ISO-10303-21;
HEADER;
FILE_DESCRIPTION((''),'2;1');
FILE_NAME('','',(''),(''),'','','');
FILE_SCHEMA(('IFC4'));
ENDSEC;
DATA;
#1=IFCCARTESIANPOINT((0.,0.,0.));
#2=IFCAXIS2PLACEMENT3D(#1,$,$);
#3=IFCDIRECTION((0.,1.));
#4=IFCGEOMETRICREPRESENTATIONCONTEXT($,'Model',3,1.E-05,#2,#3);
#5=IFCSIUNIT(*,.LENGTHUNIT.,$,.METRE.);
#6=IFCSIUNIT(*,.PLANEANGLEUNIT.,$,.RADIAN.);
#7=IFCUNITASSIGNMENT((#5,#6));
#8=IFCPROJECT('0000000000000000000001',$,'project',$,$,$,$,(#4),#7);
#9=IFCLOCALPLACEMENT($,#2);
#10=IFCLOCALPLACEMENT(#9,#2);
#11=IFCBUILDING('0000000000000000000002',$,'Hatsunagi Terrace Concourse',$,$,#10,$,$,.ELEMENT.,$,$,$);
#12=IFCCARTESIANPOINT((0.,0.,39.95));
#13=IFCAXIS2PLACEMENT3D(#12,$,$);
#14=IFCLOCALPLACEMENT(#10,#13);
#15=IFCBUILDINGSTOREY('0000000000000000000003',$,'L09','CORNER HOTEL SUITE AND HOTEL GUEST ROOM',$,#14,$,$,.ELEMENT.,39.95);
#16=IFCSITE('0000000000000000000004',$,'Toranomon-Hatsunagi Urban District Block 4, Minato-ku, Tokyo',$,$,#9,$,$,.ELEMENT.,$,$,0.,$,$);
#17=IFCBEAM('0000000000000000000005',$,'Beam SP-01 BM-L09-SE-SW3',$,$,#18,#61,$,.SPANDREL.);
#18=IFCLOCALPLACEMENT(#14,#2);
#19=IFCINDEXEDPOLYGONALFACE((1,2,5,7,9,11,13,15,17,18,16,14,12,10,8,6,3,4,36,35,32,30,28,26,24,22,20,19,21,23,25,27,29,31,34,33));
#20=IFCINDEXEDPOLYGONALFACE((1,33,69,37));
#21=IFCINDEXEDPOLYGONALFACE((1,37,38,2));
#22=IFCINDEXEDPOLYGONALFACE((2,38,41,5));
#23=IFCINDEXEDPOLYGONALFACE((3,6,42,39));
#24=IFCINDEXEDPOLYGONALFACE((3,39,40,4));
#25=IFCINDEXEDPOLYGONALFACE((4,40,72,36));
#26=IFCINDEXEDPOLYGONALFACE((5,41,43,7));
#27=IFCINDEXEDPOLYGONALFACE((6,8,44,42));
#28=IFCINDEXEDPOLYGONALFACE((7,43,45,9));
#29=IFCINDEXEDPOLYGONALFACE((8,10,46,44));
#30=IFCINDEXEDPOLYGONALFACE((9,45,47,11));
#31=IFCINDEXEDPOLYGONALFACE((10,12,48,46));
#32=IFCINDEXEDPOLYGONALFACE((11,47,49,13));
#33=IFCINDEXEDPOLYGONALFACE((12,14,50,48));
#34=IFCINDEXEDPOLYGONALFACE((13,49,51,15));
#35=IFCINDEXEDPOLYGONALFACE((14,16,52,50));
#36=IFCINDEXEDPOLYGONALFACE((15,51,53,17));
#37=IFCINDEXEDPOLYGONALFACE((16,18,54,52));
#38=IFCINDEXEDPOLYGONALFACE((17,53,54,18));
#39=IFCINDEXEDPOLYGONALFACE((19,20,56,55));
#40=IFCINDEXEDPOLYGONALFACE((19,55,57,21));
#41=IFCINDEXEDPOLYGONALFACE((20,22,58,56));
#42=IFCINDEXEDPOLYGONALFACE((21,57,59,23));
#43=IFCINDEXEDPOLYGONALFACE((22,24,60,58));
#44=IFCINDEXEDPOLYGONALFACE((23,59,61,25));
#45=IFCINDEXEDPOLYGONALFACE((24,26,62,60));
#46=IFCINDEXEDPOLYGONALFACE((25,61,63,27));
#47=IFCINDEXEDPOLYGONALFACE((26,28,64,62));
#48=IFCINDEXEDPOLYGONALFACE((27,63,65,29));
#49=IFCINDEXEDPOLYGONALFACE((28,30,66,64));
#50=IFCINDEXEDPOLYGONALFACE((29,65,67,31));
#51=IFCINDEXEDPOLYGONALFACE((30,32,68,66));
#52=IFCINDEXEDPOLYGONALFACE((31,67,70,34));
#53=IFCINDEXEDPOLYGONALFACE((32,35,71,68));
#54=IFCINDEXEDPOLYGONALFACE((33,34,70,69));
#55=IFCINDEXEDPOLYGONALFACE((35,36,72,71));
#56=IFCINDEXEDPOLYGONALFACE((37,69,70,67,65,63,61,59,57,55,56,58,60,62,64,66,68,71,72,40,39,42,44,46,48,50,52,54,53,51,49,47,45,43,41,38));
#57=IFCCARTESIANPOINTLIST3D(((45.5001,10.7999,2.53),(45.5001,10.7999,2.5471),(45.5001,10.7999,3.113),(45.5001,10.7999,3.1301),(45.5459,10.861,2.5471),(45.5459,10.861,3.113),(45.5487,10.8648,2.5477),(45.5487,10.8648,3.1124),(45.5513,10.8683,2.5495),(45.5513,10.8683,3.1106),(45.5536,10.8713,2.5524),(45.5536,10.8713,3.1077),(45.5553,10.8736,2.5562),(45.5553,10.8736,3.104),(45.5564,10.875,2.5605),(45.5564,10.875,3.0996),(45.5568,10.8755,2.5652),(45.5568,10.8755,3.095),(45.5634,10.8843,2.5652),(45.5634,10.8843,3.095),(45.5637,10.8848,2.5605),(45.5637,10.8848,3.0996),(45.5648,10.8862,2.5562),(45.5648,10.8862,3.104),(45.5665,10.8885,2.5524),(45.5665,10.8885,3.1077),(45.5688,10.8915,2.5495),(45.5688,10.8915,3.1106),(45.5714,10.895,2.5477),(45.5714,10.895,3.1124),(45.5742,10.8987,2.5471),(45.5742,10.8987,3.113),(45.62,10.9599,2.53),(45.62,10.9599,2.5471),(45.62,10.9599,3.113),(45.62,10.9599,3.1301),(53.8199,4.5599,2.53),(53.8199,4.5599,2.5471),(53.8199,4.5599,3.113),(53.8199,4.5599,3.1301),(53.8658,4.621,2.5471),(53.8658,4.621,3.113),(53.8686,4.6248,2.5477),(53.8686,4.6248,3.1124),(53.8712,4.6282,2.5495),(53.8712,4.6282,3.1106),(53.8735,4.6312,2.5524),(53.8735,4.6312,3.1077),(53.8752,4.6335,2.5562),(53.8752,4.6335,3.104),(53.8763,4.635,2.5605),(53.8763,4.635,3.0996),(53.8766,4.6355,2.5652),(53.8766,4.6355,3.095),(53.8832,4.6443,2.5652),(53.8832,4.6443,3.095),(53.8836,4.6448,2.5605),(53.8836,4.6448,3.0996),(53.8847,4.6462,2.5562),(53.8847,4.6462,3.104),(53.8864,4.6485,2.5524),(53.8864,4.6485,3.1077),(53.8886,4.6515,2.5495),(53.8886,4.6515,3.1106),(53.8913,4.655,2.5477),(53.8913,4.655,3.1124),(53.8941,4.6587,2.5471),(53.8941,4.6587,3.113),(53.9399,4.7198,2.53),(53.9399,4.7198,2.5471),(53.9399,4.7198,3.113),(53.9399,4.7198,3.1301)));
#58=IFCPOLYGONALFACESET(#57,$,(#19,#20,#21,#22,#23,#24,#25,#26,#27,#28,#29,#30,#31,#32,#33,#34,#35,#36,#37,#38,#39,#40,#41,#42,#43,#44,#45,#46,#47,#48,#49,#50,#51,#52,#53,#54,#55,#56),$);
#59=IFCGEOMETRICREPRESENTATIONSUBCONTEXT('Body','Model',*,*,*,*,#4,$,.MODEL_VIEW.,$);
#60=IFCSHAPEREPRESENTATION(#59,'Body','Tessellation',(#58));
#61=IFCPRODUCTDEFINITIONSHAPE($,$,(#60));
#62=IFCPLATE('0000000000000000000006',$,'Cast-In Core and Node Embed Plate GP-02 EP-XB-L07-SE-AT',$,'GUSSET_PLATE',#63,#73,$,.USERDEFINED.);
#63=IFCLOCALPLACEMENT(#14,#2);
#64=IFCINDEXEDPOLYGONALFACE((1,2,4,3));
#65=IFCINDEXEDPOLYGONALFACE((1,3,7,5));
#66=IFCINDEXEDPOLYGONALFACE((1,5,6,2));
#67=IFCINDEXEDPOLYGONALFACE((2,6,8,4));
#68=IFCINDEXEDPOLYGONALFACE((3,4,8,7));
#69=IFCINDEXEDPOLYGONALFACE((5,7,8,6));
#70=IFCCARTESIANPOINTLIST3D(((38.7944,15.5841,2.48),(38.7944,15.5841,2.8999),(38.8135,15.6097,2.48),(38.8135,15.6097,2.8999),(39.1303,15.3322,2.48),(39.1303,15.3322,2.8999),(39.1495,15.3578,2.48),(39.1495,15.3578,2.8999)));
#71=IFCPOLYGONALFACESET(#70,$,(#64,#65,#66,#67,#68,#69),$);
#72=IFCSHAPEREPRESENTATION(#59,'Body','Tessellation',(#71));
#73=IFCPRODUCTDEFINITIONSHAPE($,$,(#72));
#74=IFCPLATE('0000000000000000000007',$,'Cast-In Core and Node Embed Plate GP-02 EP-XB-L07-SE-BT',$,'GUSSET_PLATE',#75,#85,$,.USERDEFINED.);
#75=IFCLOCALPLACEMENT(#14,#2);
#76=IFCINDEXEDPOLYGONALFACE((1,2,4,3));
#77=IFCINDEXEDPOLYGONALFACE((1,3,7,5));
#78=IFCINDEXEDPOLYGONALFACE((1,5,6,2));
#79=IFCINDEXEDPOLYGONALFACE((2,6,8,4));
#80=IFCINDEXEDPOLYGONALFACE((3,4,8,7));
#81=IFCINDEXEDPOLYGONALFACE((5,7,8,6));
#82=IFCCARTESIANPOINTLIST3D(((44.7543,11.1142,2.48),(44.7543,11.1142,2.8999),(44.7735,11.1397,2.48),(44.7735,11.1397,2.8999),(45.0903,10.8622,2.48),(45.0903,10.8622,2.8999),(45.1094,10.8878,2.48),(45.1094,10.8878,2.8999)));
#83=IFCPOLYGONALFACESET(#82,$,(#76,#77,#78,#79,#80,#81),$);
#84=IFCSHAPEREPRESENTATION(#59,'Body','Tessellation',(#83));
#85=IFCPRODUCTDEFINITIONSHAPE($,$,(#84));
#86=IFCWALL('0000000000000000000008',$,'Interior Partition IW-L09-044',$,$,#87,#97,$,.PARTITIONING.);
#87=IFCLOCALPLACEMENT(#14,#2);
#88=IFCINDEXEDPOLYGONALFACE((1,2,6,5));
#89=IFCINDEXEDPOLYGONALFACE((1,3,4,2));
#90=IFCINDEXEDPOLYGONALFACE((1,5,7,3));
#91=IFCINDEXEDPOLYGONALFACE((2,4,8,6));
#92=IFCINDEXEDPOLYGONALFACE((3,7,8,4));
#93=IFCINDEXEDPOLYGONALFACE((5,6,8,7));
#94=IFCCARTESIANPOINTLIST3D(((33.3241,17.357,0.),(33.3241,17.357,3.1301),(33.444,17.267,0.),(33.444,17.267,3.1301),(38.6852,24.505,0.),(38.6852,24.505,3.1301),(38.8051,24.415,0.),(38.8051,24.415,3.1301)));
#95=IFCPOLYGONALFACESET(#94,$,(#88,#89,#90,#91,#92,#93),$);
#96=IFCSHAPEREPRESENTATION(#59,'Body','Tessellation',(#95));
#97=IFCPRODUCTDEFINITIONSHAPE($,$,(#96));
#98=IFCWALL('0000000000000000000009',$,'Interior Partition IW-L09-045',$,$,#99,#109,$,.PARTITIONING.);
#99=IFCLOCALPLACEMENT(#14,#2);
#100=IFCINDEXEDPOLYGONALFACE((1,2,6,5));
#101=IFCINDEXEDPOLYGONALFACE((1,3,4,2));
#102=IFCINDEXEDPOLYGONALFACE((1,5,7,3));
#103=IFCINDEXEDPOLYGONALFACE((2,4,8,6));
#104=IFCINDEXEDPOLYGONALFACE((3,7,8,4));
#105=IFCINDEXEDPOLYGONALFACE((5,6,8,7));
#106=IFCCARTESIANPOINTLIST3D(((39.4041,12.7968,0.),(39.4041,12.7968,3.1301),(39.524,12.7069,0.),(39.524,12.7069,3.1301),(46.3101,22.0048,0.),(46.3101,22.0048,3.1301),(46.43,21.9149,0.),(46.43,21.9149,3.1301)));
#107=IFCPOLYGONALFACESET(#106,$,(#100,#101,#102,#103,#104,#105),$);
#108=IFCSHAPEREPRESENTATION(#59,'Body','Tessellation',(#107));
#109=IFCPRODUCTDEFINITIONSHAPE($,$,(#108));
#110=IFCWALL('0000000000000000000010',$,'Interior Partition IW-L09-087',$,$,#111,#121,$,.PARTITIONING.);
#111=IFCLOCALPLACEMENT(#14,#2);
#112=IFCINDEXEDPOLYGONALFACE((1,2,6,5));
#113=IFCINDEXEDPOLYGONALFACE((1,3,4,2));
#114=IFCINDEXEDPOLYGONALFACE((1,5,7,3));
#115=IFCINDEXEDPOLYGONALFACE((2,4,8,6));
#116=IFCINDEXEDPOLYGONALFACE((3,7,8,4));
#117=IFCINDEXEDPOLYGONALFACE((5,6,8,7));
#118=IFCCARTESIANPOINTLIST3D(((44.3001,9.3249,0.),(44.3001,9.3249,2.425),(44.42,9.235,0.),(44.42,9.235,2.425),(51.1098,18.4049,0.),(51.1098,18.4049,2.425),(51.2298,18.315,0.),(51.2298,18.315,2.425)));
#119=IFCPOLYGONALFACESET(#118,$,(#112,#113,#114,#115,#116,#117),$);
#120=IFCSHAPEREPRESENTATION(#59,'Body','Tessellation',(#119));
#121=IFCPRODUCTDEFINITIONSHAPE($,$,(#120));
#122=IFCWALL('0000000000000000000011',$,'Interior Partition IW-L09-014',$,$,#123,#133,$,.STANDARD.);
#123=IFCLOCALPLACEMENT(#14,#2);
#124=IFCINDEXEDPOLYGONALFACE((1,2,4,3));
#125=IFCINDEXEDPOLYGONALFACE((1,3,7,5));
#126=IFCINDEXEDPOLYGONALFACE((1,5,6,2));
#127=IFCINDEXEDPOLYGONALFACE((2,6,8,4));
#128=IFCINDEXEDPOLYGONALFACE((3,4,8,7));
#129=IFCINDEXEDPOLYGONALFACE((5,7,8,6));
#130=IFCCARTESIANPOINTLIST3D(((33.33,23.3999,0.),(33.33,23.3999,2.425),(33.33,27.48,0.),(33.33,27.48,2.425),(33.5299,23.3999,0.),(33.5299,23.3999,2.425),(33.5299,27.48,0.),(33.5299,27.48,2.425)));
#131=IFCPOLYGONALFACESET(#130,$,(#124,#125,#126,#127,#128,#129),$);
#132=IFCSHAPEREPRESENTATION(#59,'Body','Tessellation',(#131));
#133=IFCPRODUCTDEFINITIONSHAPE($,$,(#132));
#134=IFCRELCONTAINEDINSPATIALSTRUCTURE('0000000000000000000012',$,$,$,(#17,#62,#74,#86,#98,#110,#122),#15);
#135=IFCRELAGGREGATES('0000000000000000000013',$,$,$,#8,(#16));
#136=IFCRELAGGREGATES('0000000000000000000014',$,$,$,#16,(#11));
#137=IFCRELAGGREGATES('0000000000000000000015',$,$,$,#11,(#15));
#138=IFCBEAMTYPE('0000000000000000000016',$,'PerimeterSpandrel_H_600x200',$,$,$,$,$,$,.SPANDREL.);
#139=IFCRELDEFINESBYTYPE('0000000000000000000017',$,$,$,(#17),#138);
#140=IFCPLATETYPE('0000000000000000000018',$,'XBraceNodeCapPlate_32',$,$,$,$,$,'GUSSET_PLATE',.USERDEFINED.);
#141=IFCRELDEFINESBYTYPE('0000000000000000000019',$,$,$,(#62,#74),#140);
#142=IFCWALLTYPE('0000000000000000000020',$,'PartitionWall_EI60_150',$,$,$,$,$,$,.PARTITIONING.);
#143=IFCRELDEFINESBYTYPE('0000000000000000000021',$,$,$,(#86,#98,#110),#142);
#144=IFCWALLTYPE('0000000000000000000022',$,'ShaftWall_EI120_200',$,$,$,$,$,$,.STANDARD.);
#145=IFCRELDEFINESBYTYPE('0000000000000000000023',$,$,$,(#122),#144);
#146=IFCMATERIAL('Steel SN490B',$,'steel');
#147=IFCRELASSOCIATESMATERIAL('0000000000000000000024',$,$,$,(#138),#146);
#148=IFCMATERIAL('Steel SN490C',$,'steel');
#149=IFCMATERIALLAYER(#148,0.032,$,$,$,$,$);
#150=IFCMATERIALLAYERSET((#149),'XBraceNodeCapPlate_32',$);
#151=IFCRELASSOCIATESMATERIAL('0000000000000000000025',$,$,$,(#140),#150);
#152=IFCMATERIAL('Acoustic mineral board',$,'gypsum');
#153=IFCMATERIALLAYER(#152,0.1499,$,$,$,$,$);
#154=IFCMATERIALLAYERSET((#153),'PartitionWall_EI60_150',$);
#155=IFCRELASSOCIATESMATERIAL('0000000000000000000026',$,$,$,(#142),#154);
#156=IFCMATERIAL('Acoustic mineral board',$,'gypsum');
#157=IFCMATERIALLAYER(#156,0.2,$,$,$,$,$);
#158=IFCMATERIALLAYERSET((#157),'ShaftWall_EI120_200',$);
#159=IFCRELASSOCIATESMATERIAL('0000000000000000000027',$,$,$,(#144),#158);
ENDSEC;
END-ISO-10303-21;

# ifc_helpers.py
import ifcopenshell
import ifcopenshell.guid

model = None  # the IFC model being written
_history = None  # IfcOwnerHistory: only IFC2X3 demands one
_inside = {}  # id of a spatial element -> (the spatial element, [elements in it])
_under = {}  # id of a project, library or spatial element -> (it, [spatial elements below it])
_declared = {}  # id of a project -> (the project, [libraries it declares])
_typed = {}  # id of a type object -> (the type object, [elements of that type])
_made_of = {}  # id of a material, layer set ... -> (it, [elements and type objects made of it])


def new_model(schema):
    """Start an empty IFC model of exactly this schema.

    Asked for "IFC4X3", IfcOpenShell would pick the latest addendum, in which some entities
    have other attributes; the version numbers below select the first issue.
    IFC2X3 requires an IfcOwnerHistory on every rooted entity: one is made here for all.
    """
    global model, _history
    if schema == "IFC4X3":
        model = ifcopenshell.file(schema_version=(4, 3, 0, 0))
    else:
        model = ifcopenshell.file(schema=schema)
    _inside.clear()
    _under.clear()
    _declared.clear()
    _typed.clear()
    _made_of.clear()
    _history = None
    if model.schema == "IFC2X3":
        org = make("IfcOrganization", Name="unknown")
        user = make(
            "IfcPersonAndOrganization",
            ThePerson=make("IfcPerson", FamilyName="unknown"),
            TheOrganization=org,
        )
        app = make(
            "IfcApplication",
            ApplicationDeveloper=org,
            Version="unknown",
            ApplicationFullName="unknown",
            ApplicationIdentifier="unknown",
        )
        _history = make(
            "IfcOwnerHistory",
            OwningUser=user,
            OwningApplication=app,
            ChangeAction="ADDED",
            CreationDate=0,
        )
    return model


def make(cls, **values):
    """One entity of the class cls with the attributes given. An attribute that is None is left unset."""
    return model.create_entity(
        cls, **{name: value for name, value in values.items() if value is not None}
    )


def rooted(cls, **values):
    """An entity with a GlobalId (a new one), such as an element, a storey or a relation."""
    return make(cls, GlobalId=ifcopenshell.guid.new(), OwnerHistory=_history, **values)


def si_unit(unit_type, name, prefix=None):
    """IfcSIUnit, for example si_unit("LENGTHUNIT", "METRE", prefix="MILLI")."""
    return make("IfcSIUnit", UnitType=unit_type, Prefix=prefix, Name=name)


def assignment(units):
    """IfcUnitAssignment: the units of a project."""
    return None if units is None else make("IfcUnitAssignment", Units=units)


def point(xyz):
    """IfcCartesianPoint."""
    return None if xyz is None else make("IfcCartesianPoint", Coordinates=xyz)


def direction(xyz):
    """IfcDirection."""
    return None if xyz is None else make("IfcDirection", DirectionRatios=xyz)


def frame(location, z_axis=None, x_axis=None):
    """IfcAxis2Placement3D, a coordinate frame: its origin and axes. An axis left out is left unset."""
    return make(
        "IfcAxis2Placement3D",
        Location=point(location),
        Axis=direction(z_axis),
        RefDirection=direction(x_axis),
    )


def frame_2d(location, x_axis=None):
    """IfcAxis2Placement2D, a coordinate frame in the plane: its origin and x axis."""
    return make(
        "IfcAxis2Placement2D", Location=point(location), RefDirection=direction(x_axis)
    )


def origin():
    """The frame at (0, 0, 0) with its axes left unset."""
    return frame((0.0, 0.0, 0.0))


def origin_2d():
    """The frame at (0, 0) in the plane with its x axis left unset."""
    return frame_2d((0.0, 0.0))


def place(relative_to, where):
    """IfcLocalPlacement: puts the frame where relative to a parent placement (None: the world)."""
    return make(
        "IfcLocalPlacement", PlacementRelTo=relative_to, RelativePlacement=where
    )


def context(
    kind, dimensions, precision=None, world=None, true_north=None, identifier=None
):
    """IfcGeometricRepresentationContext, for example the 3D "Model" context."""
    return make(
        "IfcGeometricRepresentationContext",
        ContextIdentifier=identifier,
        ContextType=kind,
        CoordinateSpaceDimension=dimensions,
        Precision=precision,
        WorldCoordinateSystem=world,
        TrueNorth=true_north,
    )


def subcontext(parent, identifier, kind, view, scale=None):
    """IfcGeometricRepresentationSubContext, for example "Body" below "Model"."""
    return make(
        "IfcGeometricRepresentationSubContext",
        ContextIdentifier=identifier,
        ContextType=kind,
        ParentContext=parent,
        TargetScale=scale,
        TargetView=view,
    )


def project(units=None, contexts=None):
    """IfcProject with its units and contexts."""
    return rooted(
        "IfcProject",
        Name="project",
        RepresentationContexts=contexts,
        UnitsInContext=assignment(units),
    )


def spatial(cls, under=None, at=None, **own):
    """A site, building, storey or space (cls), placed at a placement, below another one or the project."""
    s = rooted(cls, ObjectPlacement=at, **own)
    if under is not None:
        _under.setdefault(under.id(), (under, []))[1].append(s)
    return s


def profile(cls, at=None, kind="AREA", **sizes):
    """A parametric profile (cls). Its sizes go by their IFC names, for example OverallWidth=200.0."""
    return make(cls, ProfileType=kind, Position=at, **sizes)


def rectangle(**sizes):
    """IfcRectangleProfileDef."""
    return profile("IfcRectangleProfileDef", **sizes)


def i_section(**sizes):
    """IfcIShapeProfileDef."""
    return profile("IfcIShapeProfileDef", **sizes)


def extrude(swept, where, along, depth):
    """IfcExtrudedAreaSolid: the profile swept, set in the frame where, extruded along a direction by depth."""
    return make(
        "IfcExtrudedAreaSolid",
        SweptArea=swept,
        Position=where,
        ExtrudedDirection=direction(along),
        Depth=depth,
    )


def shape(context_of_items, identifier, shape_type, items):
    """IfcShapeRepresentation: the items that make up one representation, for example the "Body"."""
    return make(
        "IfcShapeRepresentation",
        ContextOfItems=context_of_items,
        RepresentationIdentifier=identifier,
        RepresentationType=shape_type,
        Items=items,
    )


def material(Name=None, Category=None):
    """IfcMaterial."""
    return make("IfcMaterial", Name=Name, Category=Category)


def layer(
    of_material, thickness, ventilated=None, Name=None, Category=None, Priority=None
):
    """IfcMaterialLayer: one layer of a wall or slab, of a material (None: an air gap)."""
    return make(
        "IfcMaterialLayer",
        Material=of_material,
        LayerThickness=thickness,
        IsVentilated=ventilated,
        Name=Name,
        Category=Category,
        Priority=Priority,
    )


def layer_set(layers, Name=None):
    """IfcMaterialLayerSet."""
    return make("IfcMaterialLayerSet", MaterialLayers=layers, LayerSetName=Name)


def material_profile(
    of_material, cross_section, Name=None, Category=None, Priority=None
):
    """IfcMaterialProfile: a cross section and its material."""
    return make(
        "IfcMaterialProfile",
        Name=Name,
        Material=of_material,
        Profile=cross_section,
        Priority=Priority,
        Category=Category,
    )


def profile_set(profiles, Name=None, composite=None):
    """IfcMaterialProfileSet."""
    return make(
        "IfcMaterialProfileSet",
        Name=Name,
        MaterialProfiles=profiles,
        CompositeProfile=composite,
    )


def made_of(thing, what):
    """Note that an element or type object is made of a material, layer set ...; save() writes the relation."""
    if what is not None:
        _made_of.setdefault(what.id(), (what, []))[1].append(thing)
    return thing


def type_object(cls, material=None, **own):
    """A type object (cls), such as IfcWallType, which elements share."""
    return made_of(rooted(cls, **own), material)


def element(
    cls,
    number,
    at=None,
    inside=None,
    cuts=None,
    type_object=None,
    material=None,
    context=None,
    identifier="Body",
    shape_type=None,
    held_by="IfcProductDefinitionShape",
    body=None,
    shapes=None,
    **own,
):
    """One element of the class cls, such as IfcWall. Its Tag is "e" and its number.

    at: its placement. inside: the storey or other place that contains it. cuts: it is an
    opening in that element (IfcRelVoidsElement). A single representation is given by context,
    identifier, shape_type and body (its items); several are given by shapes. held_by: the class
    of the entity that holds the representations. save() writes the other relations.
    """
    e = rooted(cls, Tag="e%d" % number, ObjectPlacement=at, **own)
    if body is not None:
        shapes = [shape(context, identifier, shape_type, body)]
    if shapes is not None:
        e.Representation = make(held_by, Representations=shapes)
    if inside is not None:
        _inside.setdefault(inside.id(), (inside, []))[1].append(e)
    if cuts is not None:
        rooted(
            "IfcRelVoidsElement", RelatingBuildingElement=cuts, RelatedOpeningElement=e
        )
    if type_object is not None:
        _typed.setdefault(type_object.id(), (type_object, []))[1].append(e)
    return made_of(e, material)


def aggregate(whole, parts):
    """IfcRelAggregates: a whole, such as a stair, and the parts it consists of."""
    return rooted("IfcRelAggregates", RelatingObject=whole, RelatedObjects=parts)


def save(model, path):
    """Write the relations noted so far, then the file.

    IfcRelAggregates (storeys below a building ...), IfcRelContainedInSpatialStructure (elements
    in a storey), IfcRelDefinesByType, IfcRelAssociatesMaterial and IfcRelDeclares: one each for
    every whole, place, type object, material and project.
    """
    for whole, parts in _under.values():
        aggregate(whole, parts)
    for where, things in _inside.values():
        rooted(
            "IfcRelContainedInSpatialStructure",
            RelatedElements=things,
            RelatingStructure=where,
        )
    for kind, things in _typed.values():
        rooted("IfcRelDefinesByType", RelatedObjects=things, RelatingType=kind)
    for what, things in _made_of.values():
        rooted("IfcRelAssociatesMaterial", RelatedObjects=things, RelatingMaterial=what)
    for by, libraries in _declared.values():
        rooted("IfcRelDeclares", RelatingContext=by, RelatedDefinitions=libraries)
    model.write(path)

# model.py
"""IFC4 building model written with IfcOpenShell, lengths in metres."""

from ifc_helpers import new_model, si_unit, direction, frame, frame_2d, origin, origin_2d, place, context, subcontext, project, spatial, rectangle, i_section, extrude, material, layer, layer_set, material_profile, profile_set, type_object, element, save


model = new_model("IFC4")

# Units and contexts
model_context = context("Model", 3, precision=1e-05, world=origin(), true_north=direction((0.0, 1.0)))
body_context = subcontext(model_context, "Body", "Model", "MODEL_VIEW")
ifc_project = project(units=[si_unit("LENGTHUNIT", "METRE"), si_unit("PLANEANGLEUNIT", "RADIAN")], contexts=[model_context])

# Site, building, storey
site_placement = place(None, origin())
site = spatial("IfcSite", under=ifc_project, at=site_placement, Name="Toranomon-Hatsunagi Urban District Block 4, Minato-ku, Tokyo", CompositionType="ELEMENT", RefElevation=0.0)
building_placement = place(site_placement, origin())
building = spatial("IfcBuilding", under=site, at=building_placement, Name="Hatsunagi Terrace Concourse", CompositionType="ELEMENT")
storey_placement = place(building_placement, frame((0.0, 0.0, 39.95)))
storey = spatial("IfcBuildingStorey", under=building, at=storey_placement, Name="L09", Description="CORNER HOTEL SUITE AND HOTEL GUEST ROOM", CompositionType="ELEMENT", Elevation=39.95)

# Beam
ifc_material_1 = material(Name="Steel SN490B", Category="steel")
ifc_material_profile_1 = material_profile(ifc_material_1, i_section(OverallWidth=0.2, OverallDepth=0.6001, WebThickness=0.011, FlangeThickness=0.0171, FilletRadius=0.0181, at=origin_2d()), Name="H-600x200x11x17")
ifc_profile_set_1 = profile_set([ifc_material_profile_1], Name="Steel SN490B")
beam_type_1 = type_object("IfcBeamType", Name="PerimeterSpandrel_H_600x200", PredefinedType="SPANDREL", material=ifc_profile_set_1)
beam_1_placement = place(storey_placement, frame((45.5601, 10.8799, 2.8301), z_axis=(0.799994, -0.600008, 0.0), x_axis=(0.600008, 0.799994, 0.0)))
element("IfcBeam", 1, at=beam_1_placement, inside=storey, type_object=beam_type_1, Name="Beam SP-01 BM-L09-SE-SW3", PredefinedType="SPANDREL", context=body_context, shape_type="SweptSolid", body=[
    extrude(i_section(OverallWidth=0.2, OverallDepth=0.6001, WebThickness=0.011, FlangeThickness=0.0171, FilletRadius=0.0181, at=origin_2d()), origin(), (0.0, 0.0, 1.0), 10.3999),
])

# Plates
ifc_material_2 = material(Name="Steel SN490C", Category="steel")
ifc_layer_1 = layer(ifc_material_2, 0.032)
ifc_layer_set_1 = layer_set([ifc_layer_1], Name="XBraceNodeCapPlate_32")
plate_type = type_object("IfcPlateType", Name="XBraceNodeCapPlate_32", ElementType="GUSSET_PLATE", PredefinedType="USERDEFINED", material=ifc_layer_set_1)
for number, where, z_axis, x_axis, name in (
    (2, (38.9719, 15.4709, 2.48), (0.0, 0.0, 1.0), (0.8, -0.6, 0.0), "Cast-In Core and Node Embed Plate GP-02 EP-XB-L07-SE-AT"),
    (3, (44.9319, 11.001, 2.48), (0.0, 0.0, 1.0), (0.8, -0.6, 0.0), "Cast-In Core and Node Embed Plate GP-02 EP-XB-L07-SE-BT"),
):
    element("IfcPlate", number, at=place(storey_placement, frame(where, z_axis=z_axis, x_axis=x_axis)), inside=storey, type_object=plate_type, Name=name, ObjectType="GUSSET_PLATE", PredefinedType="USERDEFINED", context=body_context, shape_type="SweptSolid", body=[
        extrude(rectangle(XDim=0.4199, YDim=0.032, at=origin_2d()), origin(), (0.0, 0.0, 1.0), 0.4199),
    ])

# Shared definitions
ifc_material_3 = material(Name="Acoustic mineral board", Category="gypsum")
ifc_layer_2 = layer(ifc_material_3, 0.1499)
ifc_layer_set_2 = layer_set([ifc_layer_2], Name="PartitionWall_EI60_150")
wall_type_1 = type_object("IfcWallType", Name="PartitionWall_EI60_150", PredefinedType="PARTITIONING", material=ifc_layer_set_2)

# Walls
wall_1_placement = place(storey_placement, frame((33.384, 17.312, 0.0), z_axis=(0.0, 0.0, 1.0), x_axis=(0.600009, 0.799993, 0.0)))
element("IfcWall", 4, at=wall_1_placement, inside=storey, type_object=wall_type_1, Name="Interior Partition IW-L09-044", PredefinedType="PARTITIONING", context=body_context, shape_type="SweptSolid", body=[
    extrude(rectangle(XDim=8.9351, YDim=0.1499, at=frame_2d((4.4675, 0.0))), origin(), (0.0, 0.0, 1.0), 3.1301),
])
wall_2_placement = place(storey_placement, frame((39.4641, 12.752, 0.0), z_axis=(0.0, 0.0, 1.0), x_axis=(0.6, 0.8, 0.0)))
element("IfcWall", 5, at=wall_2_placement, inside=storey, type_object=wall_type_1, Name="Interior Partition IW-L09-045", PredefinedType="PARTITIONING", context=body_context, shape_type="SweptSolid", body=[
    extrude(rectangle(XDim=11.51, YDim=0.1499, at=frame_2d((5.7549, 0.0))), origin(), (0.0, 0.0, 1.0), 3.1301),
])

# Walls
wall_3_placement = place(storey_placement, frame((44.3601, 9.28, 0.0), z_axis=(0.0, 0.0, 1.0), x_axis=(0.599986, 0.80001, 0.0)))
element("IfcWall", 6, at=wall_3_placement, inside=storey, type_object=wall_type_1, Name="Interior Partition IW-L09-087", PredefinedType="PARTITIONING", context=body_context, shape_type="SweptSolid", body=[
    extrude(rectangle(XDim=11.3499, YDim=0.1499, at=frame_2d((5.6748, 0.0))), origin(), (0.0, 0.0, 1.0), 2.425),
])
ifc_material_4 = material(Name="Acoustic mineral board", Category="gypsum")
ifc_layer_3 = layer(ifc_material_4, 0.2)
ifc_layer_set_3 = layer_set([ifc_layer_3], Name="ShaftWall_EI120_200")
wall_type_2 = type_object("IfcWallType", Name="ShaftWall_EI120_200", PredefinedType="STANDARD", material=ifc_layer_set_3)
wall_4_placement = place(storey_placement, frame((33.4299, 23.3999, 0.0), z_axis=(0.0, 0.0, 1.0), x_axis=(0.0, 1.0, 0.0)))
element("IfcWall", 7, at=wall_4_placement, inside=storey, type_object=wall_type_2, Name="Interior Partition IW-L09-014", PredefinedType="STANDARD", context=body_context, shape_type="SweptSolid", body=[
    extrude(rectangle(XDim=4.0801, YDim=0.2, at=frame_2d((2.04, 0.0))), origin(), (0.0, 0.0, 1.0), 2.425),
])

save(model, "model.ifc")
